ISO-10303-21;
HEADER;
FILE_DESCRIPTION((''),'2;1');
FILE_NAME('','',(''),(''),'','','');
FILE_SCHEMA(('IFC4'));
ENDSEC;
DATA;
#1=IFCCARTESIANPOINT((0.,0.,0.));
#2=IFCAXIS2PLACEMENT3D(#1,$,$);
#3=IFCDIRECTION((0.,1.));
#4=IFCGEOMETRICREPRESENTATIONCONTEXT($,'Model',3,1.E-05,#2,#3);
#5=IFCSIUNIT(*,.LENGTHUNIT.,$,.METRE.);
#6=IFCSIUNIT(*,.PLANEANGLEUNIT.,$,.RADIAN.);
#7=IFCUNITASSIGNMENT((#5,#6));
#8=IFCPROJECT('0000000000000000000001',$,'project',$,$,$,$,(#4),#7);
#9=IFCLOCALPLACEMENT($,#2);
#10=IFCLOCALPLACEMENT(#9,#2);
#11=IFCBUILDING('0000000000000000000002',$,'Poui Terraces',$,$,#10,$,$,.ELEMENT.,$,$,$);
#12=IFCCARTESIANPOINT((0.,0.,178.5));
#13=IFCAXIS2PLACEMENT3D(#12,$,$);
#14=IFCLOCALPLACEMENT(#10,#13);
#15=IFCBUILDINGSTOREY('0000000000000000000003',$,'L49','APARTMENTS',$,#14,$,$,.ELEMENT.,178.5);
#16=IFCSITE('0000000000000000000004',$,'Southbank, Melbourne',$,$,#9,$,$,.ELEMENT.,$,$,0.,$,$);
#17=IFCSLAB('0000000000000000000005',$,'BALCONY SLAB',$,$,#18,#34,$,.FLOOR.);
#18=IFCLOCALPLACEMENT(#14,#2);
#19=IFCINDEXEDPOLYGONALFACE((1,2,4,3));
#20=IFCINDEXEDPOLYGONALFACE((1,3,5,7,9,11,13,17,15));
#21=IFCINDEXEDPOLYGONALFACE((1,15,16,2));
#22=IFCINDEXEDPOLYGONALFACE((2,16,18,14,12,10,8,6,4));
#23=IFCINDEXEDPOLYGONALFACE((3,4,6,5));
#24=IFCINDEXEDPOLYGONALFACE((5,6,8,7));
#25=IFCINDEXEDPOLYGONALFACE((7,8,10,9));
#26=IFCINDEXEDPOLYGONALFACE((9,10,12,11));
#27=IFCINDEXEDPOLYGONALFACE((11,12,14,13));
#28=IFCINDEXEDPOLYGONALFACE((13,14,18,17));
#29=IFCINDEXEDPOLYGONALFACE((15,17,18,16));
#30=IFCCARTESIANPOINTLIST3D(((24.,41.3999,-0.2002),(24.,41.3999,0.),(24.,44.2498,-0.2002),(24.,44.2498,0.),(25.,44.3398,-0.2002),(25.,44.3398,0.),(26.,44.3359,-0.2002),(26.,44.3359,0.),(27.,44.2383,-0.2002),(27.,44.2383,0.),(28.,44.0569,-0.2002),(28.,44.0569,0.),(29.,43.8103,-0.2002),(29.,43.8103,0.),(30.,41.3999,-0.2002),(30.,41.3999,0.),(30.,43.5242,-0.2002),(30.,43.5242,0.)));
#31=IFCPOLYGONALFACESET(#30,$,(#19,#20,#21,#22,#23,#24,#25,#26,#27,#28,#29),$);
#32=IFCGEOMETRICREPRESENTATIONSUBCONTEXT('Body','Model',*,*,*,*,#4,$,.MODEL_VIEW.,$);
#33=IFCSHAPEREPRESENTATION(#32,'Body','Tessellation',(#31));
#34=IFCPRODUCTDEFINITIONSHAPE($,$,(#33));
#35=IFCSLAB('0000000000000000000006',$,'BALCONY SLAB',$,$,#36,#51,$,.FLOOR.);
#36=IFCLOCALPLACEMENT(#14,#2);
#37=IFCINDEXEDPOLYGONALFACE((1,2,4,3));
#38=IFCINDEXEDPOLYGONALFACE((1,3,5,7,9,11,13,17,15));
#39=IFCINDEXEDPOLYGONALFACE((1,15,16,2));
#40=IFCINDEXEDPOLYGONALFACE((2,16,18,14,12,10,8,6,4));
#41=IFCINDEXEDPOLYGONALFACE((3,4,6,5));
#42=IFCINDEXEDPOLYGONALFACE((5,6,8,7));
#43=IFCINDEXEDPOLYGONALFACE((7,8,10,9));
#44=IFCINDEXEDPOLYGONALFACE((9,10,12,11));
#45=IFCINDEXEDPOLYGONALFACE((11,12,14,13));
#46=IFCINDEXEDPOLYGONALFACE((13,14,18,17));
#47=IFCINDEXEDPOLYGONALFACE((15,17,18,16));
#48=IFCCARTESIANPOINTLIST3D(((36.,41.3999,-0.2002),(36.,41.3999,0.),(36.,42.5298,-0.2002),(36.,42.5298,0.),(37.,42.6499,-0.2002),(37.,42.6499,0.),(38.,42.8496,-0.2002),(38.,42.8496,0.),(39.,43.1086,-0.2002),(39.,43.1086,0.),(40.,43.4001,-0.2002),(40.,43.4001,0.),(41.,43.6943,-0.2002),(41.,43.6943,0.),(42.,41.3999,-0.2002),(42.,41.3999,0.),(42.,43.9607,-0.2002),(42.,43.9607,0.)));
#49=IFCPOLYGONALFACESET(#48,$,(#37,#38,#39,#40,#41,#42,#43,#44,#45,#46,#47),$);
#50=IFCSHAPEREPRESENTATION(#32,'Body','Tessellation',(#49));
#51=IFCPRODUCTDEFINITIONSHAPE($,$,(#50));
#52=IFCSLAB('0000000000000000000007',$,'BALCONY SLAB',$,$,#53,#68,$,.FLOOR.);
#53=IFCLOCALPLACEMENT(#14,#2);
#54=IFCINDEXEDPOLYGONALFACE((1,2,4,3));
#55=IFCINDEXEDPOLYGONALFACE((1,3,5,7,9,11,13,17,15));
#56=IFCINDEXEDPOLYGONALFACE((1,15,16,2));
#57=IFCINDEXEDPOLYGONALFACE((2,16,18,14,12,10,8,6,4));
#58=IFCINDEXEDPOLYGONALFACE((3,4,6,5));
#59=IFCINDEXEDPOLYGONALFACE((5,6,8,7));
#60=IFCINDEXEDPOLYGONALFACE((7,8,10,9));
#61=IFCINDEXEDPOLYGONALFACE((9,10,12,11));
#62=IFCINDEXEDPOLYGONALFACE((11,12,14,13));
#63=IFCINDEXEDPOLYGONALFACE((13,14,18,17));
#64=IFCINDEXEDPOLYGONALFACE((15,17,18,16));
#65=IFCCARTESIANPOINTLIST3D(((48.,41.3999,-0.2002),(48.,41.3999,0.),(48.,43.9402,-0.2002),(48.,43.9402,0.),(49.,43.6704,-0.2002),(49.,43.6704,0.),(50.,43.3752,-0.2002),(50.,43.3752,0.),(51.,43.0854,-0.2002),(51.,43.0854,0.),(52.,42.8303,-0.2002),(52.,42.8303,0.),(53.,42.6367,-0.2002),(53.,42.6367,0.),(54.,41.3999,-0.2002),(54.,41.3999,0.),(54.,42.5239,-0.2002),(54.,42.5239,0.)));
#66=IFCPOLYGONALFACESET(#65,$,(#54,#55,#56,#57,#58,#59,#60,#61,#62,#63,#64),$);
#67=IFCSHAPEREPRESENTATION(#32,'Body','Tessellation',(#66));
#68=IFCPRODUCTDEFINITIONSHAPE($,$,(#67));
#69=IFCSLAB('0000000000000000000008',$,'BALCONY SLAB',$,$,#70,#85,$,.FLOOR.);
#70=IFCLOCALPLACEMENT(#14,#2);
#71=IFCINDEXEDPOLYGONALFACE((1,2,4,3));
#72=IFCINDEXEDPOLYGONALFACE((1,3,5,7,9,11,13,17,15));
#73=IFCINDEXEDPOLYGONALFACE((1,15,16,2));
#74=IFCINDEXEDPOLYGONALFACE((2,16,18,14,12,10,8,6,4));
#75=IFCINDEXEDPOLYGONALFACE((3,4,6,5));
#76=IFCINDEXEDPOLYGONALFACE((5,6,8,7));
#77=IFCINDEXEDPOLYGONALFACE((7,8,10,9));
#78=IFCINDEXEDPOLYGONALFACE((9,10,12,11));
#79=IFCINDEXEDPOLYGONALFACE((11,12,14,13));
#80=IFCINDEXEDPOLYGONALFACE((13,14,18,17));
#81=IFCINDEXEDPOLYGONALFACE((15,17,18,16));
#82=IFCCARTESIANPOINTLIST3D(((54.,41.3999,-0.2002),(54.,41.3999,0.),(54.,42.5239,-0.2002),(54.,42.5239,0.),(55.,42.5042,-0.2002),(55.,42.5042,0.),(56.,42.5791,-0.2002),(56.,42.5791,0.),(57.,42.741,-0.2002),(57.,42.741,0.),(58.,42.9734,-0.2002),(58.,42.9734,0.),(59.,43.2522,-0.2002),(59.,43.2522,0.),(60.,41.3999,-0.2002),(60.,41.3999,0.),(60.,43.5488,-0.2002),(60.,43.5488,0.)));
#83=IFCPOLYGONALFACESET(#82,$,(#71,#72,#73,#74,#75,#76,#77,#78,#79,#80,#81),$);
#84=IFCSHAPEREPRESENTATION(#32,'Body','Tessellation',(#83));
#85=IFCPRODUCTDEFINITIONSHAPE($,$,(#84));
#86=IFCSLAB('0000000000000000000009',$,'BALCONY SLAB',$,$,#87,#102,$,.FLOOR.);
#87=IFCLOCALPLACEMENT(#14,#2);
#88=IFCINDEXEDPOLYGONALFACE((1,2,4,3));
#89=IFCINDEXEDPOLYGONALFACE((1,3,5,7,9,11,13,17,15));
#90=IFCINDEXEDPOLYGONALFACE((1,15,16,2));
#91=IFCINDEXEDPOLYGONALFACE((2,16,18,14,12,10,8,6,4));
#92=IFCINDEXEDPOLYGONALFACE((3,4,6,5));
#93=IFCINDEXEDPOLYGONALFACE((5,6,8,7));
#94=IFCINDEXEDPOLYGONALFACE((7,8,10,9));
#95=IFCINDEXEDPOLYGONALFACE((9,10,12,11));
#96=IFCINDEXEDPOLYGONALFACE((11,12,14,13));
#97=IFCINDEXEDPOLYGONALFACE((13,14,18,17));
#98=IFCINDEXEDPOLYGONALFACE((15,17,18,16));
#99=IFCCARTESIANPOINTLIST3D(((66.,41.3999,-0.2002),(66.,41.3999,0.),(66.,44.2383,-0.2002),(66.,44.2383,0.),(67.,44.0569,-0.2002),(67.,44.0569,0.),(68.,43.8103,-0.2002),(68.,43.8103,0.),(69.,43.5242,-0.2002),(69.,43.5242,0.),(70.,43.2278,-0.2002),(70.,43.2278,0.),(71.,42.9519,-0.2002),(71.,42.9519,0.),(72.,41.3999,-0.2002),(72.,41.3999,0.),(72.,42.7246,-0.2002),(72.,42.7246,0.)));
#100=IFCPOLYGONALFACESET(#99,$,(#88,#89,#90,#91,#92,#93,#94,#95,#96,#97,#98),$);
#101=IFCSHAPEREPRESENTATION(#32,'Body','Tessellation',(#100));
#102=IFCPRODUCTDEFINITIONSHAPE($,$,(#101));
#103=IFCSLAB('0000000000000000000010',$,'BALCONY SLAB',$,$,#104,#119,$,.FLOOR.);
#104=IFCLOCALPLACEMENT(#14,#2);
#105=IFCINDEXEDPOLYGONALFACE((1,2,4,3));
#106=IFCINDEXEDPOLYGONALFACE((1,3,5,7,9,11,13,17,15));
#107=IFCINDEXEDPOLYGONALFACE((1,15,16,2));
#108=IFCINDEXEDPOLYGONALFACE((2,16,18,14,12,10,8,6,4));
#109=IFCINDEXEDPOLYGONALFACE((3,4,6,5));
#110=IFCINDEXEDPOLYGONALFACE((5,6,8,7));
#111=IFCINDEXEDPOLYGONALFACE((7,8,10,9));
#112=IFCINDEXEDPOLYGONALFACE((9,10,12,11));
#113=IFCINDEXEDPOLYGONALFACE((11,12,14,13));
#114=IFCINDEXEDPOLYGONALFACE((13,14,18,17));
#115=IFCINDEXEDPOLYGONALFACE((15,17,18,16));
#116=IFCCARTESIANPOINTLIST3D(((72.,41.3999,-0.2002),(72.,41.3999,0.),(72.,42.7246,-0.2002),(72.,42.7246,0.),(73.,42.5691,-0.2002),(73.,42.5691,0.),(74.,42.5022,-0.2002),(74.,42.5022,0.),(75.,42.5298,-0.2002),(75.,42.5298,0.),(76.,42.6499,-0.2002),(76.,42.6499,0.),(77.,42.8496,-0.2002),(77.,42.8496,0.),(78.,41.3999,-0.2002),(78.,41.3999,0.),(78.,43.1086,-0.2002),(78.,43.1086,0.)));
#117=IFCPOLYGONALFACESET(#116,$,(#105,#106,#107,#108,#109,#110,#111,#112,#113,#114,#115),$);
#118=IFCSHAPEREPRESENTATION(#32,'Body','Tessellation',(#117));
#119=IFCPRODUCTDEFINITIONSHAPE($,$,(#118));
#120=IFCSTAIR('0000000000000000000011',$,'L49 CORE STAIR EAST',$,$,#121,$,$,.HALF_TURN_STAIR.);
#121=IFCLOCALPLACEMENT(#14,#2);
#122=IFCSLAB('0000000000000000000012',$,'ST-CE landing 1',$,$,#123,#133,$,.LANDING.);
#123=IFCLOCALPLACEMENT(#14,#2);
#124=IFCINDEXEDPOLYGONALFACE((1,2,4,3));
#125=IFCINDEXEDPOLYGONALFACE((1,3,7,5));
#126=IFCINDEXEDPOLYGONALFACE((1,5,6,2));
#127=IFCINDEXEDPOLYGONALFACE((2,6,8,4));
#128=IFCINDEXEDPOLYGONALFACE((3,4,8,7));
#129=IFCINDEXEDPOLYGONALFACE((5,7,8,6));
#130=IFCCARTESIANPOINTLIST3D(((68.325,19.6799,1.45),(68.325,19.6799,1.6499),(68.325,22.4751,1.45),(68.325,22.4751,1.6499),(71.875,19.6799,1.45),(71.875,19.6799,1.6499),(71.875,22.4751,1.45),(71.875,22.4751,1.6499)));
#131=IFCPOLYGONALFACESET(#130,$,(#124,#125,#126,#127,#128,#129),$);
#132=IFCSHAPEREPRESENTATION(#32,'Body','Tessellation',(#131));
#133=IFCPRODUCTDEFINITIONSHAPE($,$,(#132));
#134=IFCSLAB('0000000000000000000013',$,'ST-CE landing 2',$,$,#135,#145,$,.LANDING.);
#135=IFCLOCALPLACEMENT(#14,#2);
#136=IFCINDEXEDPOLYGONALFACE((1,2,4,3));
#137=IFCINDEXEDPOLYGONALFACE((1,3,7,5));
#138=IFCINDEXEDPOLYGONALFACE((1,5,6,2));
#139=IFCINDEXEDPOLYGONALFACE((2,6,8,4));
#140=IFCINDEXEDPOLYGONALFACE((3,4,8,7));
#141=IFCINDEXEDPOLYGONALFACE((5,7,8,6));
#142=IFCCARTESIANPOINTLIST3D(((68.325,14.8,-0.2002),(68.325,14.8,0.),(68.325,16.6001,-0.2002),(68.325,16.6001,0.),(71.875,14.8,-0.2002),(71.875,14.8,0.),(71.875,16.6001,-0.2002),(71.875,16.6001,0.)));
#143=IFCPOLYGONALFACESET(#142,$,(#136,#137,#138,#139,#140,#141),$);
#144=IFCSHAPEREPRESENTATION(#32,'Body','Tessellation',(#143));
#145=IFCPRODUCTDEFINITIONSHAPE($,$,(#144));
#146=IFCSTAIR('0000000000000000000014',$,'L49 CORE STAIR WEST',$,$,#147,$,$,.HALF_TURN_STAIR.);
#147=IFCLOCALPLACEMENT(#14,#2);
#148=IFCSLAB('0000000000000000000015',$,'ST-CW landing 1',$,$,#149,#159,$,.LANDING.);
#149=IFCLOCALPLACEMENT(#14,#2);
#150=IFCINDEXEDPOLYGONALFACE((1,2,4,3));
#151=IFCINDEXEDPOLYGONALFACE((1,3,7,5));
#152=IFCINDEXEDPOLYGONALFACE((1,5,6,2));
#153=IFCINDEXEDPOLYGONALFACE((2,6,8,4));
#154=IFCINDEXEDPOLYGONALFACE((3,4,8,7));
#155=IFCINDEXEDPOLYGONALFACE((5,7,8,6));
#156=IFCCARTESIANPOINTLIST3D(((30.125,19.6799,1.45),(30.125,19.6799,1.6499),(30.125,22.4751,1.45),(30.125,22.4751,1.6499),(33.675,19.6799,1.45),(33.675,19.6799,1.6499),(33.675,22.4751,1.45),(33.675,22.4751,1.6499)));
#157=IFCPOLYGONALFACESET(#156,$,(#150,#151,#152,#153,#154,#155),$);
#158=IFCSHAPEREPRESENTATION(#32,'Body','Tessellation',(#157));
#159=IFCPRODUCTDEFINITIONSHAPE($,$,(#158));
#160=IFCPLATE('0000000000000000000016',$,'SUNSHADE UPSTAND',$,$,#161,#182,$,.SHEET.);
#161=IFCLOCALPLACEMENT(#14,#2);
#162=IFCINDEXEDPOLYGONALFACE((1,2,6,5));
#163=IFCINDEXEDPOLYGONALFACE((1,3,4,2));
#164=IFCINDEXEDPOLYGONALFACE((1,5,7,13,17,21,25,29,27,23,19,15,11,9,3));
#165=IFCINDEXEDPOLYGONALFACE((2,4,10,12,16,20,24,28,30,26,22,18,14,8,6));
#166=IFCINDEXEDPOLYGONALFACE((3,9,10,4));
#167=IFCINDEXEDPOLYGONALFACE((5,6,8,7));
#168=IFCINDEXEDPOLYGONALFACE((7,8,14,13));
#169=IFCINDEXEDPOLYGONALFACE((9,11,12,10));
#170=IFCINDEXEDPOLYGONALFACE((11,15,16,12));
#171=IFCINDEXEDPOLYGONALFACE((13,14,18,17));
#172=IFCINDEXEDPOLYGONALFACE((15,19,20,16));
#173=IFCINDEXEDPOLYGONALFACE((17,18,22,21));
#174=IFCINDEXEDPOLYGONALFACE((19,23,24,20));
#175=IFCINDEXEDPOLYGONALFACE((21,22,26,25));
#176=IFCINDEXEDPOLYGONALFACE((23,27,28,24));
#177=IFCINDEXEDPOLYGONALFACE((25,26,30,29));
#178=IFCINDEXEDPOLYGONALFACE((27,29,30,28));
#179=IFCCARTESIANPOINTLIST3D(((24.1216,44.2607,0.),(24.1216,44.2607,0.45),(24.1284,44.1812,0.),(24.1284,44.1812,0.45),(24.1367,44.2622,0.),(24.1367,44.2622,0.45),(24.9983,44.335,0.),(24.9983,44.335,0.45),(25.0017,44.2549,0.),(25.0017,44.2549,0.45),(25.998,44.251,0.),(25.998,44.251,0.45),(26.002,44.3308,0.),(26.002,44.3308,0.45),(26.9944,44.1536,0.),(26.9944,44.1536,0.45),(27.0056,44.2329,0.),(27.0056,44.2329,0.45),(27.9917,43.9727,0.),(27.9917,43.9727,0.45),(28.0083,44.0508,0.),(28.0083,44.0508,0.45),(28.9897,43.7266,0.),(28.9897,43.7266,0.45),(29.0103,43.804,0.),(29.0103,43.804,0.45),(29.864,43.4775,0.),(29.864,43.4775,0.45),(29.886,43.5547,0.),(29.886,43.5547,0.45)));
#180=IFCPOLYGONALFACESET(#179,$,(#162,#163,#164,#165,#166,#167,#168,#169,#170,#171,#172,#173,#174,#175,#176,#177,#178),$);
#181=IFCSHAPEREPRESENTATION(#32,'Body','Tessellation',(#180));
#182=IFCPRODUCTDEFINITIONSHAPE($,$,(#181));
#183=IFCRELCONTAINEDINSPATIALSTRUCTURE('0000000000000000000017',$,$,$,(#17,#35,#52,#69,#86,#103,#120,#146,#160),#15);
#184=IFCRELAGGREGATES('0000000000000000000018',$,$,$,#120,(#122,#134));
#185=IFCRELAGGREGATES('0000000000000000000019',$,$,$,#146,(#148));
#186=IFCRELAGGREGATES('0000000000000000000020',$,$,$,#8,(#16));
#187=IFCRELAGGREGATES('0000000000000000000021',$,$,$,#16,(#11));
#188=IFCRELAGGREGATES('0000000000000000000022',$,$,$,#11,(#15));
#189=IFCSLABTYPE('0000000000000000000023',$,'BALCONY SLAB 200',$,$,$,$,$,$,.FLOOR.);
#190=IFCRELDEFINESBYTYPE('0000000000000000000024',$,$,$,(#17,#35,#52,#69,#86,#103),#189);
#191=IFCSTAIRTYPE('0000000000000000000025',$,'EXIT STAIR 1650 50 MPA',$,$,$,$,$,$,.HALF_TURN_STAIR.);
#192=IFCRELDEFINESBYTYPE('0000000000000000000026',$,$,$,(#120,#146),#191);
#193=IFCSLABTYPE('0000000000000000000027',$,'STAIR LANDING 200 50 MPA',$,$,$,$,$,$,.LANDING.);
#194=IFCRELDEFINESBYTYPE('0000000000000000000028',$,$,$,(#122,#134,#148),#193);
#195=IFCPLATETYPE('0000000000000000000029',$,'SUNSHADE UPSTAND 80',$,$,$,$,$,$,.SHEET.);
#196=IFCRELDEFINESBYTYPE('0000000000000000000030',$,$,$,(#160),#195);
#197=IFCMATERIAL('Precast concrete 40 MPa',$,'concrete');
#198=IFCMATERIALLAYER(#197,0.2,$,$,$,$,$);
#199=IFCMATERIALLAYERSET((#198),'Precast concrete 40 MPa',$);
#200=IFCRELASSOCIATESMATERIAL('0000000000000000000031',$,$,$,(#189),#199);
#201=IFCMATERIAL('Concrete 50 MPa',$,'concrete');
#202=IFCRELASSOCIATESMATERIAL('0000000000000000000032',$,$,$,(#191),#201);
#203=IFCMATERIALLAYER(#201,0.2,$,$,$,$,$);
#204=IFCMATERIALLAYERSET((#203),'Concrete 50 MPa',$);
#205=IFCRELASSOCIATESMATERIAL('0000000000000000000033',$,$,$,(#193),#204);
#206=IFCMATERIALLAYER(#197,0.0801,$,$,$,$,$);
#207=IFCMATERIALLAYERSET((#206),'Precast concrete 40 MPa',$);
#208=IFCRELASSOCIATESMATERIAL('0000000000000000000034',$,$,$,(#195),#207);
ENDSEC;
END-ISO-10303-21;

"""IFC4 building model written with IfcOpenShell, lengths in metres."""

from ifc_helpers import new_model, si_unit, direction, frame, origin, place, context, subcontext, project, spatial, polyline, outline, extrude, material, layer, layer_set, type_object, element, aggregate, save


model = new_model("IFC4")

# Units and contexts
model_context = context("Model", 3, precision=1e-05, world=origin(), true_north=direction((0.0, 1.0)))
body_context = subcontext(model_context, "Body", "Model", "MODEL_VIEW")
ifc_project = project(units=[si_unit("LENGTHUNIT", "METRE"), si_unit("PLANEANGLEUNIT", "RADIAN")], contexts=[model_context])

# Site, building, storey
site_placement = place(None, origin())
site = spatial("IfcSite", under=ifc_project, at=site_placement, Name="Southbank, Melbourne", CompositionType="ELEMENT", RefElevation=0.0)
building_placement = place(site_placement, origin())
building = spatial("IfcBuilding", under=site, at=building_placement, Name="Poui Terraces", CompositionType="ELEMENT")
storey_placement = place(building_placement, frame((0.0, 0.0, 178.5)))
storey = spatial("IfcBuildingStorey", under=building, at=storey_placement, Name="L49", Description="APARTMENTS", CompositionType="ELEMENT", Elevation=178.5)

# Slabs
ifc_material_1 = material(Name="Precast concrete 40 MPa", Category="concrete")
ifc_layer_1 = layer(ifc_material_1, 0.2)
ifc_layer_set_1 = layer_set([ifc_layer_1], Name="Precast concrete 40 MPa")
slab_type_1 = type_object("IfcSlabType", Name="BALCONY SLAB 200", PredefinedType="FLOOR", material=ifc_layer_set_1)
slab_1_placement = place(storey_placement, frame((0.0, 0.0, -0.2002)))
element("IfcSlab", 1, at=slab_1_placement, inside=storey, type_object=slab_type_1, Name="BALCONY SLAB", PredefinedType="FLOOR", context=body_context, shape_type="SweptSolid", body=[
    extrude(outline(polyline([(24.0, 41.3999), (30.0, 41.3999), (30.0, 43.5242), (29.0, 43.8103), (28.0, 44.0569), (27.0, 44.2383), (26.0, 44.3359), (25.0, 44.3398), (24.0, 44.2498), (24.0, 41.3999)])), origin(), (0.0, 0.0, 1.0), 0.2002),
])
slab_2_placement = place(storey_placement, frame((0.0, 0.0, -0.2002)))
element("IfcSlab", 2, at=slab_2_placement, inside=storey, type_object=slab_type_1, Name="BALCONY SLAB", PredefinedType="FLOOR", context=body_context, shape_type="SweptSolid", body=[
    extrude(outline(polyline([(36.0, 41.3999), (42.0, 41.3999), (42.0, 43.9607), (41.0, 43.6943), (40.0, 43.4001), (39.0, 43.1086), (38.0, 42.8496), (37.0, 42.6499), (36.0, 42.5298), (36.0, 41.3999)])), origin(), (0.0, 0.0, 1.0), 0.2002),
])
slab_3_placement = place(storey_placement, frame((0.0, 0.0, -0.2002)))
element("IfcSlab", 3, at=slab_3_placement, inside=storey, type_object=slab_type_1, Name="BALCONY SLAB", PredefinedType="FLOOR", context=body_context, shape_type="SweptSolid", body=[
    extrude(outline(polyline([(48.0, 41.3999), (54.0, 41.3999), (54.0, 42.5239), (53.0, 42.6367), (52.0, 42.8303), (51.0, 43.0854), (50.0, 43.3752), (49.0, 43.6704), (48.0, 43.9402), (48.0, 41.3999)])), origin(), (0.0, 0.0, 1.0), 0.2002),
])
slab_4_placement = place(storey_placement, frame((0.0, 0.0, -0.2002)))
element("IfcSlab", 4, at=slab_4_placement, inside=storey, type_object=slab_type_1, Name="BALCONY SLAB", PredefinedType="FLOOR", context=body_context, shape_type="SweptSolid", body=[
    extrude(outline(polyline([(54.0, 41.3999), (60.0, 41.3999), (60.0, 43.5488), (59.0, 43.2522), (58.0, 42.9734), (57.0, 42.741), (56.0, 42.5791), (55.0, 42.5042), (54.0, 42.5239), (54.0, 41.3999)])), origin(), (0.0, 0.0, 1.0), 0.2002),
])
slab_5_placement = place(storey_placement, frame((0.0, 0.0, -0.2002)))
element("IfcSlab", 5, at=slab_5_placement, inside=storey, type_object=slab_type_1, Name="BALCONY SLAB", PredefinedType="FLOOR", context=body_context, shape_type="SweptSolid", body=[
    extrude(outline(polyline([(66.0, 41.3999), (72.0, 41.3999), (72.0, 42.7246), (71.0, 42.9519), (70.0, 43.2278), (69.0, 43.5242), (68.0, 43.8103), (67.0, 44.0569), (66.0, 44.2383), (66.0, 41.3999)])), origin(), (0.0, 0.0, 1.0), 0.2002),
])
slab_6_placement = place(storey_placement, frame((0.0, 0.0, -0.2002)))
element("IfcSlab", 6, at=slab_6_placement, inside=storey, type_object=slab_type_1, Name="BALCONY SLAB", PredefinedType="FLOOR", context=body_context, shape_type="SweptSolid", body=[
    extrude(outline(polyline([(72.0, 41.3999), (78.0, 41.3999), (78.0, 43.1086), (77.0, 42.8496), (76.0, 42.6499), (75.0, 42.5298), (74.0, 42.5022), (73.0, 42.5691), (72.0, 42.7246), (72.0, 41.3999)])), origin(), (0.0, 0.0, 1.0), 0.2002),
])

# Stair, slabs
ifc_material_2 = material(Name="Concrete 50 MPa", Category="concrete")
stair_type = type_object("IfcStairType", Name="EXIT STAIR 1650 50 MPA", PredefinedType="HALF_TURN_STAIR", material=ifc_material_2)
stair_1_placement = place(storey_placement, origin())
stair_1 = element("IfcStair", 7, at=stair_1_placement, inside=storey, type_object=stair_type, Name="L49 CORE STAIR EAST", PredefinedType="HALF_TURN_STAIR")
ifc_layer_2 = layer(ifc_material_2, 0.2)
ifc_layer_set_2 = layer_set([ifc_layer_2], Name="Concrete 50 MPa")
slab_type_2 = type_object("IfcSlabType", Name="STAIR LANDING 200 50 MPA", PredefinedType="LANDING", material=ifc_layer_set_2)
slab_7_placement = place(storey_placement, frame((0.0, 0.0, 1.45)))
slab_7 = element("IfcSlab", 8, at=slab_7_placement, type_object=slab_type_2, Name="ST-CE landing 1", PredefinedType="LANDING", context=body_context, shape_type="SweptSolid", body=[
    extrude(outline(polyline([(68.325, 19.6799), (71.875, 19.6799), (71.875, 22.4751), (68.325, 22.4751), (68.325, 19.6799)])), origin(), (0.0, 0.0, 1.0), 0.2),
])
slab_8_placement = place(storey_placement, frame((0.0, 0.0, -0.2002)))
slab_8 = element("IfcSlab", 9, at=slab_8_placement, type_object=slab_type_2, Name="ST-CE landing 2", PredefinedType="LANDING", context=body_context, shape_type="SweptSolid", body=[
    extrude(outline(polyline([(68.325, 14.8), (71.875, 14.8), (71.875, 16.6001), (68.325, 16.6001), (68.325, 14.8)])), origin(), (0.0, 0.0, 1.0), 0.2002),
])
aggregate(stair_1, [slab_7, slab_8])

# Stair, slab
stair_2_placement = place(storey_placement, origin())
stair_2 = element("IfcStair", 10, at=stair_2_placement, inside=storey, type_object=stair_type, Name="L49 CORE STAIR WEST", PredefinedType="HALF_TURN_STAIR")
slab_9_placement = place(storey_placement, frame((0.0, 0.0, 1.45)))
slab_9 = element("IfcSlab", 11, at=slab_9_placement, type_object=slab_type_2, Name="ST-CW landing 1", PredefinedType="LANDING", context=body_context, shape_type="SweptSolid", body=[
    extrude(outline(polyline([(30.125, 19.6799), (33.675, 19.6799), (33.675, 22.4751), (30.125, 22.4751), (30.125, 19.6799)])), origin(), (0.0, 0.0, 1.0), 0.2),
])
aggregate(stair_2, [slab_9])

# Plate
ifc_layer_3 = layer(ifc_material_1, 0.0801)
ifc_layer_set_3 = layer_set([ifc_layer_3], Name="Precast concrete 40 MPa")
plate_type = type_object("IfcPlateType", Name="SUNSHADE UPSTAND 80", PredefinedType="SHEET", material=ifc_layer_set_3)
plate_1_placement = place(storey_placement, origin())
element("IfcPlate", 12, at=plate_1_placement, inside=storey, type_object=plate_type, Name="SUNSHADE UPSTAND", PredefinedType="SHEET", context=body_context, shape_type="SweptSolid", body=[
    extrude(outline(polyline([(24.9983, 44.335), (24.1367, 44.2622), (24.1216, 44.2607), (24.1284, 44.1812), (25.0017, 44.2549), (25.998, 44.251), (26.9944, 44.1536), (27.9917, 43.9727), (28.9897, 43.7266), (29.864, 43.4775), (29.886, 43.5547), (29.0103, 43.804), (28.0083, 44.0508), (27.0056, 44.2329), (26.002, 44.3308), (24.9983, 44.335)])), origin(), (0.0, 0.0, 1.0), 0.45),
])

save(model, "model.ifc")
